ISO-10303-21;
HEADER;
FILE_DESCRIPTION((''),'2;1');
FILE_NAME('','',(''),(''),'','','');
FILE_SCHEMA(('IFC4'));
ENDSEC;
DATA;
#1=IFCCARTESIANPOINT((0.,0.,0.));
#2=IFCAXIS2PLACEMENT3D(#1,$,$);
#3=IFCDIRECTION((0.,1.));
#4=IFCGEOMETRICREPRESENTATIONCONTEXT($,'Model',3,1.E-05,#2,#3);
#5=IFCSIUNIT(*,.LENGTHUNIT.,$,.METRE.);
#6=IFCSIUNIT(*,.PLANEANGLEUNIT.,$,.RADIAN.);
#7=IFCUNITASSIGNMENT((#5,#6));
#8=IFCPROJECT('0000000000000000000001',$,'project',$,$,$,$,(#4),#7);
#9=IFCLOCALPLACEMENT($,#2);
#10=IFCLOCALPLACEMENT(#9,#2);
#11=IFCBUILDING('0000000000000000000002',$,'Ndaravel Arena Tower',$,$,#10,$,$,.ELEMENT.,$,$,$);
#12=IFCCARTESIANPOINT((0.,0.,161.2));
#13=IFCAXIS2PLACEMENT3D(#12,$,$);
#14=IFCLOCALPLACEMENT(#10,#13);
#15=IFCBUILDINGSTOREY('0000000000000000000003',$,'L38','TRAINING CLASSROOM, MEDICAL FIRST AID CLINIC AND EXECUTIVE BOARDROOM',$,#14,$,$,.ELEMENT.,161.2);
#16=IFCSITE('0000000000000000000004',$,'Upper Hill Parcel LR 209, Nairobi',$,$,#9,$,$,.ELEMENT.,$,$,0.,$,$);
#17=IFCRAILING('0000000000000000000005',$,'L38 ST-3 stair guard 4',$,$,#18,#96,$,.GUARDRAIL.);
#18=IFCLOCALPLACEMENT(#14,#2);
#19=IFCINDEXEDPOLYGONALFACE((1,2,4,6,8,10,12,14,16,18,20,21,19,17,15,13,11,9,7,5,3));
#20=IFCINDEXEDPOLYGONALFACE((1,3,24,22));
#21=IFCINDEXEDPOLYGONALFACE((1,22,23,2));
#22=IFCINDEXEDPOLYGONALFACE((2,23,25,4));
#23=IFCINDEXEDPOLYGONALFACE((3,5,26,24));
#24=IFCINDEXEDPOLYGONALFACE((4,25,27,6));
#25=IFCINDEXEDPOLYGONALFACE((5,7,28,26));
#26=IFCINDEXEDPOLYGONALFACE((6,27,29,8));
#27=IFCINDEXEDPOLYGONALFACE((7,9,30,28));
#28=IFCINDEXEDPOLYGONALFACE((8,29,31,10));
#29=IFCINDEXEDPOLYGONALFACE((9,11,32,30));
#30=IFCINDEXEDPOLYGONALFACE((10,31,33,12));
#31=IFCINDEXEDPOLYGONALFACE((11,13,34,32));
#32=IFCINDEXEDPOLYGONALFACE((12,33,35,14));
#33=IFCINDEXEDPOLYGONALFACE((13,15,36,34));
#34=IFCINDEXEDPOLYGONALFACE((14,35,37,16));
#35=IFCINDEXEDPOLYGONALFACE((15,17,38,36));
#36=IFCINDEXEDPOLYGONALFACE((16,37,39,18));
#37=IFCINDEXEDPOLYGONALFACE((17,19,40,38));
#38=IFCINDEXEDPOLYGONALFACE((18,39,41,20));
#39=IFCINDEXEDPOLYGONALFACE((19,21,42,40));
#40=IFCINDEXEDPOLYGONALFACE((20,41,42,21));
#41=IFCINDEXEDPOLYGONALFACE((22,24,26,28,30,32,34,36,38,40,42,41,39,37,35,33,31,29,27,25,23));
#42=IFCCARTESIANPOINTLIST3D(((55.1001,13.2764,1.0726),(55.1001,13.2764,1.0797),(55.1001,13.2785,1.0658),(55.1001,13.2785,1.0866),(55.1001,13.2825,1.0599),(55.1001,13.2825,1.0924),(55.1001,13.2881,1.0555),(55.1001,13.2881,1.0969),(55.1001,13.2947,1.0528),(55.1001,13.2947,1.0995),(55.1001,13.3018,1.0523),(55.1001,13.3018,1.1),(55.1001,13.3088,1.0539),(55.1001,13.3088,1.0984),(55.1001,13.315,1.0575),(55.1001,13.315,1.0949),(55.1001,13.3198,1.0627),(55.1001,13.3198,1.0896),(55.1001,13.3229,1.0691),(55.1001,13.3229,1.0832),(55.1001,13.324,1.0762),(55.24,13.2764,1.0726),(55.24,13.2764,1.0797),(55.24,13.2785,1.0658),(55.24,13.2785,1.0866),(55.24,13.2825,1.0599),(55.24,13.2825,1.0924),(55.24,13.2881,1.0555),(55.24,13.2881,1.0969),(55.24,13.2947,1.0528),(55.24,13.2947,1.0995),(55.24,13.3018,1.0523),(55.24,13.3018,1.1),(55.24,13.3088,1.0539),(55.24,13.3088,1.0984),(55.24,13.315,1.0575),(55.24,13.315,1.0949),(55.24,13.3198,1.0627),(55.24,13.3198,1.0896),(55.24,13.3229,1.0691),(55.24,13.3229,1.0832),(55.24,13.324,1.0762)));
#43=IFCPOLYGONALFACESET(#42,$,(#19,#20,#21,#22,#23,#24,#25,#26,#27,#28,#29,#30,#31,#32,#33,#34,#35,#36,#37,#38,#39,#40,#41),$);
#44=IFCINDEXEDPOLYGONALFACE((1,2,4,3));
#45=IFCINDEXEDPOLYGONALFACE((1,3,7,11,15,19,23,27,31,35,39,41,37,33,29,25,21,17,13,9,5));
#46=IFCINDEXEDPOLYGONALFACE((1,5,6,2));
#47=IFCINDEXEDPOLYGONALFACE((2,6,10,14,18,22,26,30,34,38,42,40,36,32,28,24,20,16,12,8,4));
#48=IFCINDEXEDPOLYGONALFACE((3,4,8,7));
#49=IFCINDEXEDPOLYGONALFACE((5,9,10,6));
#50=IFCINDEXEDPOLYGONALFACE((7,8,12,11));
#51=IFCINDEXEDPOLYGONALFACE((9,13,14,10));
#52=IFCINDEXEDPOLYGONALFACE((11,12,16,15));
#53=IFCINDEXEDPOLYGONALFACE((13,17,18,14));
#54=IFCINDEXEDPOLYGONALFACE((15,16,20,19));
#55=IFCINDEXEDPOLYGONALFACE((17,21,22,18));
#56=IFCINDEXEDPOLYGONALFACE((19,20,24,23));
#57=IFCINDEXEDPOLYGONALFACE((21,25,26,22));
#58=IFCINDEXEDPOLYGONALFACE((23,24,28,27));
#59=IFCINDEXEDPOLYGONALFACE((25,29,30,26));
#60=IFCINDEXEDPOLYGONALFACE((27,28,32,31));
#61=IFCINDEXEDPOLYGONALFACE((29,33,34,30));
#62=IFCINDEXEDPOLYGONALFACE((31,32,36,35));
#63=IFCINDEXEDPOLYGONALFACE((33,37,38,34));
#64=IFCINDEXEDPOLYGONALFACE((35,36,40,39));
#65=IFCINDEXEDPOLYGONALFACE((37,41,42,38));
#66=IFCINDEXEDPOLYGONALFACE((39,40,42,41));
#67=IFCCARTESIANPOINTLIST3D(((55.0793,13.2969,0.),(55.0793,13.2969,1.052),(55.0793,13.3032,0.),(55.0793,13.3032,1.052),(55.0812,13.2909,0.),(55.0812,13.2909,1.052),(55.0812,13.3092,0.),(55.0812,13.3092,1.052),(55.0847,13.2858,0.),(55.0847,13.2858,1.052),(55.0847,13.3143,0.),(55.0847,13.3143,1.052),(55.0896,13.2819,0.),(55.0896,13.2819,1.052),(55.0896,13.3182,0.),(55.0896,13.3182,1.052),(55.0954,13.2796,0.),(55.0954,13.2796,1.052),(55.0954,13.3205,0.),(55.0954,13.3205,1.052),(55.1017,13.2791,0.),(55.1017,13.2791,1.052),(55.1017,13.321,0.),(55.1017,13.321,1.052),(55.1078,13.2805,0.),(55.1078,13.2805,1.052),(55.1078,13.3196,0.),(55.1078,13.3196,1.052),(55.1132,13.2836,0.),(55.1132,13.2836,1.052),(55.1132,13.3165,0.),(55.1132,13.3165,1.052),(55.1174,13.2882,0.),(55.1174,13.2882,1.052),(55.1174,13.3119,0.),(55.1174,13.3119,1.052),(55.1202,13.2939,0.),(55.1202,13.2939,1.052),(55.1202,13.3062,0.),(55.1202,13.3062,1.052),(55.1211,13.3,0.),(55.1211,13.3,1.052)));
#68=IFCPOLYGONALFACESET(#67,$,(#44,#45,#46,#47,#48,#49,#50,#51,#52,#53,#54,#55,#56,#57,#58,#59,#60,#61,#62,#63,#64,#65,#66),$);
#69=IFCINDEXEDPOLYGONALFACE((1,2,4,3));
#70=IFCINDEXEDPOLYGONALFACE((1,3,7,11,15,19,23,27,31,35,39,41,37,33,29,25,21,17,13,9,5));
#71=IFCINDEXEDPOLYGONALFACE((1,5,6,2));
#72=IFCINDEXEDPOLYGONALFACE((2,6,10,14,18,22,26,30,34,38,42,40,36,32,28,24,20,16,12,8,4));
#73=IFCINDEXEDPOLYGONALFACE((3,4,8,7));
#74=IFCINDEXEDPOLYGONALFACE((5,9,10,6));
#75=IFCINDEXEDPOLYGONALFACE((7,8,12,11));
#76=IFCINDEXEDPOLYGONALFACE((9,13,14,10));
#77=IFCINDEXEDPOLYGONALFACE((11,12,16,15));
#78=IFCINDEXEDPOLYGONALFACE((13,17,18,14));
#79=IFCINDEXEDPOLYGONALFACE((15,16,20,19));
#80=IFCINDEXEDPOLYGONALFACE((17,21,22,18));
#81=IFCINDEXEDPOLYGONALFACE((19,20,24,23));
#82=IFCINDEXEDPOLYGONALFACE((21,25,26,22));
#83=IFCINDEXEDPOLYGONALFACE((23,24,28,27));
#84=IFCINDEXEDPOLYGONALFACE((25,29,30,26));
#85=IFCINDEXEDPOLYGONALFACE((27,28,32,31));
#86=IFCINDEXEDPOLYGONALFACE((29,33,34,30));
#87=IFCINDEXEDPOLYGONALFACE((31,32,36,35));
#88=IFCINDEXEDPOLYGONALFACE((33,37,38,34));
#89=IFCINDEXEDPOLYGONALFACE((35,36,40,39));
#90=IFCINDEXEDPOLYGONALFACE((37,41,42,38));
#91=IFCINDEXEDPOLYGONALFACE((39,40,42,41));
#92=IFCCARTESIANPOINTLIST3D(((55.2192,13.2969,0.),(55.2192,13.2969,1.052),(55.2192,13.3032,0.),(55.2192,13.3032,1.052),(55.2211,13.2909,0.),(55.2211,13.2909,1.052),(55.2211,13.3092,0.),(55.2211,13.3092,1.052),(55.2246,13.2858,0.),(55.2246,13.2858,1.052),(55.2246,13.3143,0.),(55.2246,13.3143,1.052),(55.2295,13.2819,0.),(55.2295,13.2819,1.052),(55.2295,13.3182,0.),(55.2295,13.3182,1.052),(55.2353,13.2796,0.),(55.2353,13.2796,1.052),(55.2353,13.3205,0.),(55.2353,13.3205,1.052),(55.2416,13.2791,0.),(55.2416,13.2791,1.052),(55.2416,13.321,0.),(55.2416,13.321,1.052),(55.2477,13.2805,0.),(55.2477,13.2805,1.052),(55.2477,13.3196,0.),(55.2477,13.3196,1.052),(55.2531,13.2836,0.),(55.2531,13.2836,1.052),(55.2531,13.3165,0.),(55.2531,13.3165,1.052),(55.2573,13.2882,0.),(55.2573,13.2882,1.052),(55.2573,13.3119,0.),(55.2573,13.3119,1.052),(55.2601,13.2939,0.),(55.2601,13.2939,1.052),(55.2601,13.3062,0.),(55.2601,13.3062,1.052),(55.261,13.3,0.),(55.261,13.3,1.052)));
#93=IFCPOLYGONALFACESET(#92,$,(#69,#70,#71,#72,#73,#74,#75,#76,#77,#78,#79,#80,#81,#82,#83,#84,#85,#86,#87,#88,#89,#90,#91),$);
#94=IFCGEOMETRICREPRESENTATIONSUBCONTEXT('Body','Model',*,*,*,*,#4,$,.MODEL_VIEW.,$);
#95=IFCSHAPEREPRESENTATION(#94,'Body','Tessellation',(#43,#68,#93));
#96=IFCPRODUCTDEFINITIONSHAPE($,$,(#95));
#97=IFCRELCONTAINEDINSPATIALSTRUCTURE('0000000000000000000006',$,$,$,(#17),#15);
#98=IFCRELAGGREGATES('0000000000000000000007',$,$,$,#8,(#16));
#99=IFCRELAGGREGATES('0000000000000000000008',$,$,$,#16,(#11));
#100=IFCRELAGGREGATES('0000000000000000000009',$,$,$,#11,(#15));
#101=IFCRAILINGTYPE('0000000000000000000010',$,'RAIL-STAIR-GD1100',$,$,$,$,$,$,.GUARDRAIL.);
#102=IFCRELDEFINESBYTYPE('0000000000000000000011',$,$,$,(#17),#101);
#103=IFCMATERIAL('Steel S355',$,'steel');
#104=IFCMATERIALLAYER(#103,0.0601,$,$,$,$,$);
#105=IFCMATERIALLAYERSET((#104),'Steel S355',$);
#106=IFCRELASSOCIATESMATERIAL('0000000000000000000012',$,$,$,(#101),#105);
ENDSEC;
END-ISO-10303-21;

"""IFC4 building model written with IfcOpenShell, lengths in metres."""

from ifc_helpers import new_model, si_unit, direction, frame, origin, origin_2d, place, context, subcontext, project, spatial, circle, extrude, material, layer, layer_set, type_object, element, save


model = new_model("IFC4")

# Units and contexts
model_context = context("Model", 3, precision=1e-05, world=origin(), true_north=direction((0.0, 1.0)))
body_context = subcontext(model_context, "Body", "Model", "MODEL_VIEW")
ifc_project = project(units=[si_unit("LENGTHUNIT", "METRE"), si_unit("PLANEANGLEUNIT", "RADIAN")], contexts=[model_context])

# Site, building, storey
site_placement = place(None, origin())
site = spatial("IfcSite", under=ifc_project, at=site_placement, Name="Upper Hill Parcel LR 209, Nairobi", CompositionType="ELEMENT", RefElevation=0.0)
building_placement = place(site_placement, origin())
building = spatial("IfcBuilding", under=site, at=building_placement, Name="Ndaravel Arena Tower", CompositionType="ELEMENT")
storey_placement = place(building_placement, frame((0.0, 0.0, 161.2)))
storey = spatial("IfcBuildingStorey", under=building, at=storey_placement, Name="L38", Description="TRAINING CLASSROOM, MEDICAL FIRST AID CLINIC AND EXECUTIVE BOARDROOM", CompositionType="ELEMENT", Elevation=161.2)

# Railing
ifc_material_1 = material(Name="Steel S355", Category="steel")
ifc_layer_1 = layer(ifc_material_1, 0.0601)
ifc_layer_set_1 = layer_set([ifc_layer_1], Name="Steel S355")
railing_type_1 = type_object("IfcRailingType", Name="RAIL-STAIR-GD1100", PredefinedType="GUARDRAIL", material=ifc_layer_set_1)
railing_1_placement = place(storey_placement, frame((55.1001, 13.3, 0.0)))
element("IfcRailing", 1, at=railing_1_placement, inside=storey, type_object=railing_type_1, Name="L38 ST-3 stair guard 4", PredefinedType="GUARDRAIL", context=body_context, shape_type="SweptSolid", body=[
    extrude(circle(Radius=0.0239, at=origin_2d()), frame((0.0, 0.0, 1.0762), z_axis=(1.0, 0.0, 0.0), x_axis=(0.0, 1.0, 0.0)), (0.0, 0.0, 1.0), 0.1399),
    extrude(circle(Radius=0.021, at=origin_2d()), origin(), (0.0, 0.0, 1.0), 1.052),
    extrude(circle(Radius=0.021, at=origin_2d()), frame((0.1399, 0.0, 0.0)), (0.0, 0.0, 1.0), 1.052),
])

save(model, "model.ifc")
